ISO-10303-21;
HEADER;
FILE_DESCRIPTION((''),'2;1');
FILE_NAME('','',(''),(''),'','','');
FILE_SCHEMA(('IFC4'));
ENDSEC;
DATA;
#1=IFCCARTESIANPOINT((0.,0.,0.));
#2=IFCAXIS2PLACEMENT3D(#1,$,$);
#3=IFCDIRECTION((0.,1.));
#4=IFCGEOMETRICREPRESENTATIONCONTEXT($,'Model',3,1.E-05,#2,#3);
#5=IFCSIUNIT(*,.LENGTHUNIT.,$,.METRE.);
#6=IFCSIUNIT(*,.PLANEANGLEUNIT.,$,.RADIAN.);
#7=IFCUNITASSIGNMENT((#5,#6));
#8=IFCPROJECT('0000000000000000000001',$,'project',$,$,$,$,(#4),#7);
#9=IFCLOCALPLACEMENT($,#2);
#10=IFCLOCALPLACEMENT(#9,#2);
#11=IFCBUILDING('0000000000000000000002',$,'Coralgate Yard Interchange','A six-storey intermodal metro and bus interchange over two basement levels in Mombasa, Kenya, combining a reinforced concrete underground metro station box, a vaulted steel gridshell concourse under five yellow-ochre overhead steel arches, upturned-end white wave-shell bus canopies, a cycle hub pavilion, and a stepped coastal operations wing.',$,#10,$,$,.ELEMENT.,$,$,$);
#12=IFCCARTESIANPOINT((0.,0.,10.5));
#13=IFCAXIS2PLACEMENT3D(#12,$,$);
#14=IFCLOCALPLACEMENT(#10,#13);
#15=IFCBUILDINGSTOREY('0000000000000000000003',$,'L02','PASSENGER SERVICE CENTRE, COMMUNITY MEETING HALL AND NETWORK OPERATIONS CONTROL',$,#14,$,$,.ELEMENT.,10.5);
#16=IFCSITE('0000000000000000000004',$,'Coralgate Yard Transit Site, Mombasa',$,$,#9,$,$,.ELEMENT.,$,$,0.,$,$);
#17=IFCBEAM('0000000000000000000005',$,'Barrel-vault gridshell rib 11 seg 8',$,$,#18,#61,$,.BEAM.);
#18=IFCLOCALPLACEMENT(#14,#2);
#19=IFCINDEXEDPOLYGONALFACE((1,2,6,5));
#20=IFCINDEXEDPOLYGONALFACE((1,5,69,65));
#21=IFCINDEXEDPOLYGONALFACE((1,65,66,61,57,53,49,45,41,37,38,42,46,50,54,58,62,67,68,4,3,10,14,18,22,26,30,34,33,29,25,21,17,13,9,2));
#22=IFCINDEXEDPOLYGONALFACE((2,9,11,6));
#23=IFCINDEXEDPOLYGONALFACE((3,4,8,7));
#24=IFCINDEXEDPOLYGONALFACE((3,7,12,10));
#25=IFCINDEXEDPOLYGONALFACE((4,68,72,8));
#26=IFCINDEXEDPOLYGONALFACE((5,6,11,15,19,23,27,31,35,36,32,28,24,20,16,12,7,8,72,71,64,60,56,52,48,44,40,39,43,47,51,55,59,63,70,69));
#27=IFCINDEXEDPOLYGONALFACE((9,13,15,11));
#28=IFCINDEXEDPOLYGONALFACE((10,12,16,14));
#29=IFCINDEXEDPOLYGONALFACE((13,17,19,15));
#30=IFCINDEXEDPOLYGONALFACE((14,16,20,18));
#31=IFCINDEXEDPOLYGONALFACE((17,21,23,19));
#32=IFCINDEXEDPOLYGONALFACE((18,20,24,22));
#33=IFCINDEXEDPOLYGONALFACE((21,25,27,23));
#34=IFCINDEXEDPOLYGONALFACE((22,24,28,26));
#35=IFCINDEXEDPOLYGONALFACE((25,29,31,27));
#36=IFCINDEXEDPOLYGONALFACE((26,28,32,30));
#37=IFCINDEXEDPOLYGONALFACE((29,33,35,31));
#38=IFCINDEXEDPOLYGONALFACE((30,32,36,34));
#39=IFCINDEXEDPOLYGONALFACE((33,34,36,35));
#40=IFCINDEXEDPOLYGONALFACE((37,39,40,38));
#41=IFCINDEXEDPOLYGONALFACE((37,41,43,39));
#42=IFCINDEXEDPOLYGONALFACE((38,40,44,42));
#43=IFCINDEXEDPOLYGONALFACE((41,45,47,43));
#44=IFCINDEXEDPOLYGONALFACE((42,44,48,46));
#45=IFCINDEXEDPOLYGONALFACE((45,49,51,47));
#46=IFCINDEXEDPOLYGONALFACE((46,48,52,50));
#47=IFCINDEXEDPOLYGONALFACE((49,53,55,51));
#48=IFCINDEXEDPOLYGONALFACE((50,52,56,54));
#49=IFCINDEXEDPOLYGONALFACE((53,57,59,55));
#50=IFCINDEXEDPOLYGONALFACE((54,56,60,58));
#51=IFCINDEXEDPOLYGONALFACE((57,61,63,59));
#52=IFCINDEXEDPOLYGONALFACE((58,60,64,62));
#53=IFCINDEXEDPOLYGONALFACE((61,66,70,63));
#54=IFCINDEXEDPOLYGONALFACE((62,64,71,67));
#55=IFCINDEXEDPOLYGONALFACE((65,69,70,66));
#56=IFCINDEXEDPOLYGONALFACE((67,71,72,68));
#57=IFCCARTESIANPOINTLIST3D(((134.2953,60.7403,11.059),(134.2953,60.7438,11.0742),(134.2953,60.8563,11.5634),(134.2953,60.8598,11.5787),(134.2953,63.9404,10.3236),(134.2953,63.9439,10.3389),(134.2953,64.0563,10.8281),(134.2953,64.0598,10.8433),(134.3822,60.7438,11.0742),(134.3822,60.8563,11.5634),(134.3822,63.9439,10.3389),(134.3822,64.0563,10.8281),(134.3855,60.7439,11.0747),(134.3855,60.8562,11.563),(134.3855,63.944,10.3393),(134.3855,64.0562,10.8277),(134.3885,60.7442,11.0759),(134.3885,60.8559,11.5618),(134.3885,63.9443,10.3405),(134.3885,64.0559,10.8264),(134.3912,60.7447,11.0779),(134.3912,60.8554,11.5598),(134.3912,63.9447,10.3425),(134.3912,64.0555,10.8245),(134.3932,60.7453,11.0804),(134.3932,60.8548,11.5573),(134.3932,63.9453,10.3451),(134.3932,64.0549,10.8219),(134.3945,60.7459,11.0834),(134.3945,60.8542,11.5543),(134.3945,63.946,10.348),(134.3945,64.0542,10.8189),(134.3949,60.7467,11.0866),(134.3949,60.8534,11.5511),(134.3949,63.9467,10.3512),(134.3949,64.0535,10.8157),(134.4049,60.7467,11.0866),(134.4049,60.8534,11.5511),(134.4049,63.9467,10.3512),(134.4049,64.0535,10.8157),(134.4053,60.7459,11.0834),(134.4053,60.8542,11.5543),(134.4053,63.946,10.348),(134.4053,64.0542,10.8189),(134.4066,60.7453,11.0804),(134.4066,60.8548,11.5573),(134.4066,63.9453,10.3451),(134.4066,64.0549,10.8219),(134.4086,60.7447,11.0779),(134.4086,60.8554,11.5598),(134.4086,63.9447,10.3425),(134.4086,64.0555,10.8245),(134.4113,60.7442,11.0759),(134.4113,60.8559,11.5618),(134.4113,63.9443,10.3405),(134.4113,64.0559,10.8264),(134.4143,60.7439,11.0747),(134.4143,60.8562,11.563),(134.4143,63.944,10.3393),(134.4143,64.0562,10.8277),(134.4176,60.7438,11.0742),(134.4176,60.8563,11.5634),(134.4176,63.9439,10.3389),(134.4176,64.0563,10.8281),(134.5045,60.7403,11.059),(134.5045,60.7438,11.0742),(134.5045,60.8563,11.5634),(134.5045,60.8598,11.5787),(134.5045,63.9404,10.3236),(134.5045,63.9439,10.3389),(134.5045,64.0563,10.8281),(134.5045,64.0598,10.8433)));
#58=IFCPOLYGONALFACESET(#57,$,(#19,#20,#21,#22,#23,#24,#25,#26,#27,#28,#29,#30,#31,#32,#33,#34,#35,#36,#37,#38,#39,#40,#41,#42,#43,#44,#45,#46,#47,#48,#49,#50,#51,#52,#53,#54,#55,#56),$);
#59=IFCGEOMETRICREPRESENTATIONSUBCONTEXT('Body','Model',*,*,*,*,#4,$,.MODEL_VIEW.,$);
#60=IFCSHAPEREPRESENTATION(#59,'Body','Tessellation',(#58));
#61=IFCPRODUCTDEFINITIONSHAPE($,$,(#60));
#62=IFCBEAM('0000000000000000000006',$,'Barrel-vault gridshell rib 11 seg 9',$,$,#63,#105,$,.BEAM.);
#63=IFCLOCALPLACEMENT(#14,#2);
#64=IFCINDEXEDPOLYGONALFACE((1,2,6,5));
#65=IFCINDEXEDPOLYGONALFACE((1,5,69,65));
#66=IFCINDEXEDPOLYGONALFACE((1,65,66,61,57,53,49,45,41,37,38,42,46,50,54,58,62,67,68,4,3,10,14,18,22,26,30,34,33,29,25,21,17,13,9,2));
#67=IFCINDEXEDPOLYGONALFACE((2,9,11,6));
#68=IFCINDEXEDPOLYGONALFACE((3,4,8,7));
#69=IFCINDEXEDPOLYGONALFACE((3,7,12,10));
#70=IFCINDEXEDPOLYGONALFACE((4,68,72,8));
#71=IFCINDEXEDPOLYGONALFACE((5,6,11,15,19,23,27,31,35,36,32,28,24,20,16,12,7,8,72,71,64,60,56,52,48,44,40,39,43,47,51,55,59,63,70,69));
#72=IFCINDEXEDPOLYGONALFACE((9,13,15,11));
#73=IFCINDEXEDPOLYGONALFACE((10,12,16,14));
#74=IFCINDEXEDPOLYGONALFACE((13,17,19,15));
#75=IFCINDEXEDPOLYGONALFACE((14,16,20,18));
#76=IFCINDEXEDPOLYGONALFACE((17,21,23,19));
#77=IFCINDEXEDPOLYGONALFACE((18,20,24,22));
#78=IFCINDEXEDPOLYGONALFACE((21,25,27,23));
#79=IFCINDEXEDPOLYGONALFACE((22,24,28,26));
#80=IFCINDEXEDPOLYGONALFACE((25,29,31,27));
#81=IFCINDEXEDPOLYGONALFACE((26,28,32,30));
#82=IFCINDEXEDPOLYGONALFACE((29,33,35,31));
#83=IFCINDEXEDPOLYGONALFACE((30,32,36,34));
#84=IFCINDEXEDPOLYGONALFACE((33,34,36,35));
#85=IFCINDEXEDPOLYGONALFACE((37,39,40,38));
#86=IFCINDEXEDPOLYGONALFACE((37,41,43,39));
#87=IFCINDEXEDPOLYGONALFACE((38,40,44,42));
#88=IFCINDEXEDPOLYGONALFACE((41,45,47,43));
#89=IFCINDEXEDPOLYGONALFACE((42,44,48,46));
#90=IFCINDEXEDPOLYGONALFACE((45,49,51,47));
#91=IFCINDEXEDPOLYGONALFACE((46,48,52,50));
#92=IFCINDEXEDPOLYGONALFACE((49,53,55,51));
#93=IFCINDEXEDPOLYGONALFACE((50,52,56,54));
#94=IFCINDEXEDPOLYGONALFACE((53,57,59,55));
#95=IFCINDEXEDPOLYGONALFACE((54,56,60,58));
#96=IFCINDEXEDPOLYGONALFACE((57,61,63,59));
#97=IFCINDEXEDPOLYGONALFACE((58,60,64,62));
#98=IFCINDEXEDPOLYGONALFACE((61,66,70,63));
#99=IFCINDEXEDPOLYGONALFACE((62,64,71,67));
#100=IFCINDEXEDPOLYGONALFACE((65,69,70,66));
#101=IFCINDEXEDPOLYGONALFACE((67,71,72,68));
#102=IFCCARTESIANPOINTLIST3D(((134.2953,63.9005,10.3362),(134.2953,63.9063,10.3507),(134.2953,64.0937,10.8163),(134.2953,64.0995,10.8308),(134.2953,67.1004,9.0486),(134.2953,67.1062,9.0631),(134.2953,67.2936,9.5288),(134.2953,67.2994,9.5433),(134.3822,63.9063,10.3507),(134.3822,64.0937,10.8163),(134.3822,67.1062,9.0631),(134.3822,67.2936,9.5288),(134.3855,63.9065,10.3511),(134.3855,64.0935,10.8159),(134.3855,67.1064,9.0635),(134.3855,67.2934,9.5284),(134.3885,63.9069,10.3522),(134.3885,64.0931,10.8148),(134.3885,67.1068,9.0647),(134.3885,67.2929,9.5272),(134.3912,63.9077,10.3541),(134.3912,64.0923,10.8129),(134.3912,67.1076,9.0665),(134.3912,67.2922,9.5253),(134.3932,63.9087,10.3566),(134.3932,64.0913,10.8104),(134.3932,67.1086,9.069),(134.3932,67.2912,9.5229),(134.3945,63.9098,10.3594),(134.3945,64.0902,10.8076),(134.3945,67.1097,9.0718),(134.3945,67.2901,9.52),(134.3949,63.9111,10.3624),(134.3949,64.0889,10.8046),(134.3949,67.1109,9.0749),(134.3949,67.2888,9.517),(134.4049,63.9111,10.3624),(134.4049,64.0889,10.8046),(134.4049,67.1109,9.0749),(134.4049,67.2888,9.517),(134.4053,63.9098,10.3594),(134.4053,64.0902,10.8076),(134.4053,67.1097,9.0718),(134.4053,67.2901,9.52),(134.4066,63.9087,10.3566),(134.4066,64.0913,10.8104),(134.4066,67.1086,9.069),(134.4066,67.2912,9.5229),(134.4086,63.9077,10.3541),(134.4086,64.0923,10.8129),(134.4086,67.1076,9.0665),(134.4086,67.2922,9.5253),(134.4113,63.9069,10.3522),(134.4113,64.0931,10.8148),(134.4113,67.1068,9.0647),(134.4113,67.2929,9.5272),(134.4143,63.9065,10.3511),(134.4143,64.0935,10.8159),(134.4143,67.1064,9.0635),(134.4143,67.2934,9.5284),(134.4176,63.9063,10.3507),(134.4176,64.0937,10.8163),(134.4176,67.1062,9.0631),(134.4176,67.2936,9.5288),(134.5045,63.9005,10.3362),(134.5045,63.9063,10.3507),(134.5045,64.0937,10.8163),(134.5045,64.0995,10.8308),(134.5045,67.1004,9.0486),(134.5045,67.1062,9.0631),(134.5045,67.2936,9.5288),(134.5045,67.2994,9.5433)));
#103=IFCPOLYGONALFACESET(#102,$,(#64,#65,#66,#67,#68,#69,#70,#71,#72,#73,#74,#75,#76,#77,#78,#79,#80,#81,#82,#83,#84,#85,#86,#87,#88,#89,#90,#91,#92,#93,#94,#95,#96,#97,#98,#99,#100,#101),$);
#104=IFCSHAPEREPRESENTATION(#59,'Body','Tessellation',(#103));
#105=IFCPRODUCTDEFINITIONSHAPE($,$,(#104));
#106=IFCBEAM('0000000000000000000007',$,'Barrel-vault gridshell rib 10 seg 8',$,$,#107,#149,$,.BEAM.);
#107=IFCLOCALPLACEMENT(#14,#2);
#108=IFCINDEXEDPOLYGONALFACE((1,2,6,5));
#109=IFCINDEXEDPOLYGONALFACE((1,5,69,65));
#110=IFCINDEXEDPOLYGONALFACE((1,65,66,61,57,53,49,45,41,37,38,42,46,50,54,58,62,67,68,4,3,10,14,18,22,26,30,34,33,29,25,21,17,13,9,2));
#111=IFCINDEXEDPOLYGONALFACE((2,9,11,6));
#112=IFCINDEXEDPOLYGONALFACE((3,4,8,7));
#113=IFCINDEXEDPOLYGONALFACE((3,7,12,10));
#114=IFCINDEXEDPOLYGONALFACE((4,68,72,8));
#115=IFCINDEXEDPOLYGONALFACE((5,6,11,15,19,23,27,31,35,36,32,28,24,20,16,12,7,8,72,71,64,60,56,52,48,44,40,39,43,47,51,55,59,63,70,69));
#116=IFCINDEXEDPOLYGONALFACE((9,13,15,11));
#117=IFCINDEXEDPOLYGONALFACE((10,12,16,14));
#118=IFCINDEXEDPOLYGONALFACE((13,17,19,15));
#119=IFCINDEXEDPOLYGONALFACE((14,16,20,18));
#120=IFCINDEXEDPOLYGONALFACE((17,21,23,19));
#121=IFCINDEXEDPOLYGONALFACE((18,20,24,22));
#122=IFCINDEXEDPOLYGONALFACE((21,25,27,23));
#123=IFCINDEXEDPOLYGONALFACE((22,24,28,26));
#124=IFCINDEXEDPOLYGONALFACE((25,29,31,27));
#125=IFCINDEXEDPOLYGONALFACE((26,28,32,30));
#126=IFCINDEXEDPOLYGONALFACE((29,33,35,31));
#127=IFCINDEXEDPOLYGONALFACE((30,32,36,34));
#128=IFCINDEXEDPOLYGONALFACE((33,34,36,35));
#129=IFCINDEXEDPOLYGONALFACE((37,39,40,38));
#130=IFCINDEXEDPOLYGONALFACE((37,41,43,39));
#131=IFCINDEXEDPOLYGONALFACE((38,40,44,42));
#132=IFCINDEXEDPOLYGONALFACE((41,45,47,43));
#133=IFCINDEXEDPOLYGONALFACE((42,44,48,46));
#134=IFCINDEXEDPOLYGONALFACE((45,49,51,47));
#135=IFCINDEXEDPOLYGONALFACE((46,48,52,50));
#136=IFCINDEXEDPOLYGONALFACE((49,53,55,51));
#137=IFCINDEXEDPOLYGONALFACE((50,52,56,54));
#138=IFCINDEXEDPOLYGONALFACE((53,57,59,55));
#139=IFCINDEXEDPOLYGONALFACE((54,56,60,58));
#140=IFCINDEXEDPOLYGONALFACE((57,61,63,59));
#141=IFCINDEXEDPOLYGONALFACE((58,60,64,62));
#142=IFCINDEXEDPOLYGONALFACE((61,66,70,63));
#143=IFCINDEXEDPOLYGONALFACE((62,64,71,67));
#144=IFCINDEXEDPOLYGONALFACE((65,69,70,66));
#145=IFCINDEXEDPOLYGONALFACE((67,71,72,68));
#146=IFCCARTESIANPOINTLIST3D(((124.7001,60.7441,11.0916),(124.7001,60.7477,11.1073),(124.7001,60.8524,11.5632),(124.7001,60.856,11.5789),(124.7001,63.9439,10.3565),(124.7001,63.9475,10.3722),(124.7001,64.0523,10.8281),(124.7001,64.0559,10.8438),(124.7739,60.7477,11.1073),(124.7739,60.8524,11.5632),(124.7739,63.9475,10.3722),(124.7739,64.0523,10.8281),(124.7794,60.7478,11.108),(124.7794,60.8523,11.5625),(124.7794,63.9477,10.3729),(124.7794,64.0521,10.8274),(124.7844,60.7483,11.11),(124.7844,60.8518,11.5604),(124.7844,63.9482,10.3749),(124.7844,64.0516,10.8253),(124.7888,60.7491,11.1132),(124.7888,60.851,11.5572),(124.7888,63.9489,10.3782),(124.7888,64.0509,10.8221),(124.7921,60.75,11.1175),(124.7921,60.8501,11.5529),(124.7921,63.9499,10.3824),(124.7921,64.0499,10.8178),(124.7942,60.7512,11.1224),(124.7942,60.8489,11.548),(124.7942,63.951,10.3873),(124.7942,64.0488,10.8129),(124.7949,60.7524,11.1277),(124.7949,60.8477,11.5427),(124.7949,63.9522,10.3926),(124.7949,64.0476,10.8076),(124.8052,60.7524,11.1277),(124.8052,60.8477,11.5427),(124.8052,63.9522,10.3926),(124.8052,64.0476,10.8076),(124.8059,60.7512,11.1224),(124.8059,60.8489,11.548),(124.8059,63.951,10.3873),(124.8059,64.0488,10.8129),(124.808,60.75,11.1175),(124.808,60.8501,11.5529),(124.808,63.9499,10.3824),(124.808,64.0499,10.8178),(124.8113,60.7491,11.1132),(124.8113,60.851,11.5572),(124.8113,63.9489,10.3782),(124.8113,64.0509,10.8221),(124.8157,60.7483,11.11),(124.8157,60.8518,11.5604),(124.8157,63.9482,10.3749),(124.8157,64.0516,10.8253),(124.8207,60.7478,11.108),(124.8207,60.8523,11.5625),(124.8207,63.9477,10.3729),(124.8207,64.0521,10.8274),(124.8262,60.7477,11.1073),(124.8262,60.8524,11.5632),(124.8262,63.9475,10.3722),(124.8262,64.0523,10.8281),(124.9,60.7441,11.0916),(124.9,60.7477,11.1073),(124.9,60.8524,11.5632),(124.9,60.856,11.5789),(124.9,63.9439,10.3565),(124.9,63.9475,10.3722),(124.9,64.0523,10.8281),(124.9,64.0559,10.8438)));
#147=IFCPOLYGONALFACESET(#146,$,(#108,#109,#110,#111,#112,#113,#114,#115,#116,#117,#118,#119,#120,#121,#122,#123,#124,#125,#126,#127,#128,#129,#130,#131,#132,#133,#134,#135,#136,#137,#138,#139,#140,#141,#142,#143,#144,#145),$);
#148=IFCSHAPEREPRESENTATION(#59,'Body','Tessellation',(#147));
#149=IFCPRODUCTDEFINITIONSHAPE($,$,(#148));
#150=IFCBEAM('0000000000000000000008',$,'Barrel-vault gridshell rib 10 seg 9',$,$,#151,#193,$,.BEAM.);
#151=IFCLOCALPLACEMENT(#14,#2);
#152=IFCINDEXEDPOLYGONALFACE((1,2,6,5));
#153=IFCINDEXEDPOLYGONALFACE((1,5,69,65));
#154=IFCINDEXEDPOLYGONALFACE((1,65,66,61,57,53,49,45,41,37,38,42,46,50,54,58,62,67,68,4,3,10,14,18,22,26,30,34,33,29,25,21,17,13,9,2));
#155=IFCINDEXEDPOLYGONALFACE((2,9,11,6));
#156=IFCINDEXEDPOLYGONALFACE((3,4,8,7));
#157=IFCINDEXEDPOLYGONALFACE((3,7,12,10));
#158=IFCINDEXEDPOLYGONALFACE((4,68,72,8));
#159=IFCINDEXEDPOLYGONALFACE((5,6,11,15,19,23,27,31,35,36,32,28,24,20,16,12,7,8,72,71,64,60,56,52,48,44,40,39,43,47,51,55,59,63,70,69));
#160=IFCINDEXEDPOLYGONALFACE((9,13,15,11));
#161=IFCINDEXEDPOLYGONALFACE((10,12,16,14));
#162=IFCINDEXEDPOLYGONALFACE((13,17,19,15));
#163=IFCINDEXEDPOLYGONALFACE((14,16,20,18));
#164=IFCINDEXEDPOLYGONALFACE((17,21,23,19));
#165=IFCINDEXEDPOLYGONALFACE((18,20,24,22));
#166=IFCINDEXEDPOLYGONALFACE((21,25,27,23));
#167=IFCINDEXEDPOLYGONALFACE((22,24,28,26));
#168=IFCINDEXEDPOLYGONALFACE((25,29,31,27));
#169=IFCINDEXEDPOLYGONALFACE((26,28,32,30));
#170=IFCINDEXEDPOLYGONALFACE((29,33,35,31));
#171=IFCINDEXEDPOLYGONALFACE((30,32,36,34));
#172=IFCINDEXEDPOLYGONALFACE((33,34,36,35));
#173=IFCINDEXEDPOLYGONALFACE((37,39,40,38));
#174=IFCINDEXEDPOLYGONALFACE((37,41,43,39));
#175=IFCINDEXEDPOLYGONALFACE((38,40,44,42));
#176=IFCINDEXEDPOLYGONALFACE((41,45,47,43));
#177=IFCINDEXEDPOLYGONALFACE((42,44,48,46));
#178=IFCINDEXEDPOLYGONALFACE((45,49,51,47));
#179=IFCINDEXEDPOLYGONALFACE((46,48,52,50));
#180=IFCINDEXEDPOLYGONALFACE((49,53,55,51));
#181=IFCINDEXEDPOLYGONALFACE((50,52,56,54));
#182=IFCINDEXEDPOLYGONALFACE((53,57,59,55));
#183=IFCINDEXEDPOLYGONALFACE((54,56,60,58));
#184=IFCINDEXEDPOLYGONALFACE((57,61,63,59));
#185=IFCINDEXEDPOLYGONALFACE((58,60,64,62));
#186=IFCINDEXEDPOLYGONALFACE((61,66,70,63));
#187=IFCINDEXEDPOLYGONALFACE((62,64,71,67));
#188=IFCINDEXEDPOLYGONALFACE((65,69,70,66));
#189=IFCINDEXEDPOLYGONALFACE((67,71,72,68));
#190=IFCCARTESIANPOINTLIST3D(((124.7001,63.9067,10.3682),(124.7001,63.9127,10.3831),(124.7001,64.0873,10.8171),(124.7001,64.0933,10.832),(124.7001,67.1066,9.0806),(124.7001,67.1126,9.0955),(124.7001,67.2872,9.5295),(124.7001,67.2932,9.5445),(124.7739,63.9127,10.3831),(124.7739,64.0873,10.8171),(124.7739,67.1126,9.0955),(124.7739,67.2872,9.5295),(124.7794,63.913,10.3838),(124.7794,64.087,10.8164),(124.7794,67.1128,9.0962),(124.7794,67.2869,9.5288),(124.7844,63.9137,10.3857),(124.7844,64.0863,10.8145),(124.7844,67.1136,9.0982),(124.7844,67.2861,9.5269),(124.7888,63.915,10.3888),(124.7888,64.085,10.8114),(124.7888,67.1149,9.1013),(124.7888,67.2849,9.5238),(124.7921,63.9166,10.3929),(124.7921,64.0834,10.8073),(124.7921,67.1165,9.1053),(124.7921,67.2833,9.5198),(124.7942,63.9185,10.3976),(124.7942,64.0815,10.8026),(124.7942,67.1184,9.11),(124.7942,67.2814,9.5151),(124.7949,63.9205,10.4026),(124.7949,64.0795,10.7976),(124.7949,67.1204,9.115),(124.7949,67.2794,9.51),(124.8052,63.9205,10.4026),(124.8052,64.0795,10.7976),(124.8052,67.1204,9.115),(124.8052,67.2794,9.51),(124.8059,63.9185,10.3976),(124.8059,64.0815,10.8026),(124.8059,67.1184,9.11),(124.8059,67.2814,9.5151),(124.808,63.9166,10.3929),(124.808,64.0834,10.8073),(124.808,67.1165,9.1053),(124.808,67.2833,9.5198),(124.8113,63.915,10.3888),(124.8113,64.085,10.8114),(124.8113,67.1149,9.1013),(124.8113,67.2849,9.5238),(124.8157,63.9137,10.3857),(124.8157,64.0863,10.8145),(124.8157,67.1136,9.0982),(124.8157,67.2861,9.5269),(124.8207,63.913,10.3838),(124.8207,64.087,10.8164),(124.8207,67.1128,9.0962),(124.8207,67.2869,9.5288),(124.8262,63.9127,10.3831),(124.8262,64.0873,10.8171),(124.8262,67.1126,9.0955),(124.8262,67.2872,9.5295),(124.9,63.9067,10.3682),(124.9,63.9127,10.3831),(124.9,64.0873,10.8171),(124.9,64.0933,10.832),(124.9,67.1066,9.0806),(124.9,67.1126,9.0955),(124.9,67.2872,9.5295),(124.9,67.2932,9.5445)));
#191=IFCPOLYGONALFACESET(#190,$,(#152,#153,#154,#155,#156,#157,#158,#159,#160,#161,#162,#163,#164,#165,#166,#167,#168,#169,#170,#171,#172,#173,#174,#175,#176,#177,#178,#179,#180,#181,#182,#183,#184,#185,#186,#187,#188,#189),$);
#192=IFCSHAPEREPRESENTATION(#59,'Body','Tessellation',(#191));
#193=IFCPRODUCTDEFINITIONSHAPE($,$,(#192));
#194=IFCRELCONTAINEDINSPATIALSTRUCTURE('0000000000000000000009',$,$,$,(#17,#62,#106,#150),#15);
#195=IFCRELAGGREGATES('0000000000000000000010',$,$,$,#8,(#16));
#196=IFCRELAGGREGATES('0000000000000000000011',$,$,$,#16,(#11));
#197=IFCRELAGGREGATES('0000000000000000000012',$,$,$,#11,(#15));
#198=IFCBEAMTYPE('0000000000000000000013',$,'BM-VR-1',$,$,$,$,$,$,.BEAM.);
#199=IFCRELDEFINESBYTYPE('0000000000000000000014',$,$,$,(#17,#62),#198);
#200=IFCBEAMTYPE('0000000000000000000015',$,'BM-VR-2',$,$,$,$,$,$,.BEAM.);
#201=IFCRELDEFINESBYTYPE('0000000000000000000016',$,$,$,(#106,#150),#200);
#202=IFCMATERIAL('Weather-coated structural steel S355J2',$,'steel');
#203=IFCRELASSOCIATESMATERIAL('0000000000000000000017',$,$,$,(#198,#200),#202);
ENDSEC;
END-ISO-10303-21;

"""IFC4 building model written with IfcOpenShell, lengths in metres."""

from ifc_helpers import new_model, si_unit, direction, frame, origin, origin_2d, place, context, subcontext, project, spatial, i_section, extrude, material, material_profile, profile_set, type_object, element, save


model = new_model("IFC4")

# Units and contexts
model_context = context("Model", 3, precision=1e-05, world=origin(), true_north=direction((0.0, 1.0)))
body_context = subcontext(model_context, "Body", "Model", "MODEL_VIEW")
ifc_project = project(units=[si_unit("LENGTHUNIT", "METRE"), si_unit("PLANEANGLEUNIT", "RADIAN")], contexts=[model_context])

# Site, building, storey
site_placement = place(None, origin())
site = spatial("IfcSite", under=ifc_project, at=site_placement, Name="Coralgate Yard Transit Site, Mombasa", CompositionType="ELEMENT", RefElevation=0.0)
building_placement = place(site_placement, origin())
building = spatial("IfcBuilding", under=site, at=building_placement, Name="Coralgate Yard Interchange", Description="A six-storey intermodal metro and bus interchange over two basement levels in Mombasa, Kenya, combining a reinforced concrete underground metro station box, a vaulted steel gridshell concourse under five yellow-ochre overhead steel arches, upturned-end white wave-shell bus canopies, a cycle hub pavilion, and a stepped coastal operations wing.", CompositionType="ELEMENT")
storey_placement = place(building_placement, frame((0.0, 0.0, 10.5)))
storey = spatial("IfcBuildingStorey", under=building, at=storey_placement, Name="L02", Description="PASSENGER SERVICE CENTRE, COMMUNITY MEETING HALL AND NETWORK OPERATIONS CONTROL", CompositionType="ELEMENT", Elevation=10.5)

# Beams
ifc_material_1 = material(Name="Weather-coated structural steel S355J2", Category="steel")
ifc_material_profile_1 = material_profile(ifc_material_1, i_section(OverallWidth=0.2092, OverallDepth=0.5332, WebThickness=0.01, FlangeThickness=0.0156, FilletRadius=0.0127, at=origin_2d()), Name="UB 533x210x92")
ifc_profile_set_1 = profile_set([ifc_material_profile_1], Name="Weather-coated structural steel S355J2")
beam_type_1 = type_object("IfcBeamType", Name="BM-VR-1", PredefinedType="BEAM", material=ifc_profile_set_1)
beam_1_placement = place(storey_placement, frame((134.3999, 60.8, 11.3188), z_axis=(0.0, 0.974598, -0.223963), x_axis=(-1.0, 0.0, 0.0)))
element("IfcBeam", 1, at=beam_1_placement, inside=storey, type_object=beam_type_1, Name="Barrel-vault gridshell rib 11 seg 8", PredefinedType="BEAM", context=body_context, shape_type="SweptSolid", body=[
    extrude(i_section(OverallWidth=0.2092, OverallDepth=0.5332, WebThickness=0.01, FlangeThickness=0.0156, FilletRadius=0.0127, at=origin_2d()), origin(), (0.0, 0.0, 1.0), 3.2834),
])
beam_2_placement = place(storey_placement, frame((134.3999, 64.0, 10.5835), z_axis=(0.0, 0.927713, -0.373294), x_axis=(-1.0, 0.0, 0.0)))
element("IfcBeam", 2, at=beam_2_placement, inside=storey, type_object=beam_type_1, Name="Barrel-vault gridshell rib 11 seg 9", PredefinedType="BEAM", context=body_context, shape_type="SweptSolid", body=[
    extrude(i_section(OverallWidth=0.2092, OverallDepth=0.5332, WebThickness=0.01, FlangeThickness=0.0156, FilletRadius=0.0127, at=origin_2d()), origin(), (0.0, 0.0, 1.0), 3.4492),
])
ifc_material_profile_2 = material_profile(ifc_material_1, i_section(OverallWidth=0.2, OverallDepth=0.5, WebThickness=0.0103, FlangeThickness=0.0161, FilletRadius=0.021, at=origin_2d()), Name="IPE 500")
ifc_profile_set_2 = profile_set([ifc_material_profile_2], Name="Weather-coated structural steel S355J2")
beam_type_2 = type_object("IfcBeamType", Name="BM-VR-2", PredefinedType="BEAM", material=ifc_profile_set_2)
beam_3_placement = place(storey_placement, frame((124.8, 60.8, 11.3352), z_axis=(0.0, 0.974614, -0.223893), x_axis=(-1.0, 0.0, 0.0)))
element("IfcBeam", 3, at=beam_3_placement, inside=storey, type_object=beam_type_2, Name="Barrel-vault gridshell rib 10 seg 8", PredefinedType="BEAM", context=body_context, shape_type="SweptSolid", body=[
    extrude(i_section(OverallWidth=0.2, OverallDepth=0.5, WebThickness=0.0103, FlangeThickness=0.0161, FilletRadius=0.021, at=origin_2d()), origin(), (0.0, 0.0, 1.0), 3.2832),
])
beam_4_placement = place(storey_placement, frame((124.8, 64.0, 10.6001), z_axis=(0.0, 0.927713, -0.373294), x_axis=(-1.0, 0.0, 0.0)))
element("IfcBeam", 4, at=beam_4_placement, inside=storey, type_object=beam_type_2, Name="Barrel-vault gridshell rib 10 seg 9", PredefinedType="BEAM", context=body_context, shape_type="SweptSolid", body=[
    extrude(i_section(OverallWidth=0.2, OverallDepth=0.5, WebThickness=0.0103, FlangeThickness=0.0161, FilletRadius=0.021, at=origin_2d()), origin(), (0.0, 0.0, 1.0), 3.4492),
])

save(model, "model.ifc")
